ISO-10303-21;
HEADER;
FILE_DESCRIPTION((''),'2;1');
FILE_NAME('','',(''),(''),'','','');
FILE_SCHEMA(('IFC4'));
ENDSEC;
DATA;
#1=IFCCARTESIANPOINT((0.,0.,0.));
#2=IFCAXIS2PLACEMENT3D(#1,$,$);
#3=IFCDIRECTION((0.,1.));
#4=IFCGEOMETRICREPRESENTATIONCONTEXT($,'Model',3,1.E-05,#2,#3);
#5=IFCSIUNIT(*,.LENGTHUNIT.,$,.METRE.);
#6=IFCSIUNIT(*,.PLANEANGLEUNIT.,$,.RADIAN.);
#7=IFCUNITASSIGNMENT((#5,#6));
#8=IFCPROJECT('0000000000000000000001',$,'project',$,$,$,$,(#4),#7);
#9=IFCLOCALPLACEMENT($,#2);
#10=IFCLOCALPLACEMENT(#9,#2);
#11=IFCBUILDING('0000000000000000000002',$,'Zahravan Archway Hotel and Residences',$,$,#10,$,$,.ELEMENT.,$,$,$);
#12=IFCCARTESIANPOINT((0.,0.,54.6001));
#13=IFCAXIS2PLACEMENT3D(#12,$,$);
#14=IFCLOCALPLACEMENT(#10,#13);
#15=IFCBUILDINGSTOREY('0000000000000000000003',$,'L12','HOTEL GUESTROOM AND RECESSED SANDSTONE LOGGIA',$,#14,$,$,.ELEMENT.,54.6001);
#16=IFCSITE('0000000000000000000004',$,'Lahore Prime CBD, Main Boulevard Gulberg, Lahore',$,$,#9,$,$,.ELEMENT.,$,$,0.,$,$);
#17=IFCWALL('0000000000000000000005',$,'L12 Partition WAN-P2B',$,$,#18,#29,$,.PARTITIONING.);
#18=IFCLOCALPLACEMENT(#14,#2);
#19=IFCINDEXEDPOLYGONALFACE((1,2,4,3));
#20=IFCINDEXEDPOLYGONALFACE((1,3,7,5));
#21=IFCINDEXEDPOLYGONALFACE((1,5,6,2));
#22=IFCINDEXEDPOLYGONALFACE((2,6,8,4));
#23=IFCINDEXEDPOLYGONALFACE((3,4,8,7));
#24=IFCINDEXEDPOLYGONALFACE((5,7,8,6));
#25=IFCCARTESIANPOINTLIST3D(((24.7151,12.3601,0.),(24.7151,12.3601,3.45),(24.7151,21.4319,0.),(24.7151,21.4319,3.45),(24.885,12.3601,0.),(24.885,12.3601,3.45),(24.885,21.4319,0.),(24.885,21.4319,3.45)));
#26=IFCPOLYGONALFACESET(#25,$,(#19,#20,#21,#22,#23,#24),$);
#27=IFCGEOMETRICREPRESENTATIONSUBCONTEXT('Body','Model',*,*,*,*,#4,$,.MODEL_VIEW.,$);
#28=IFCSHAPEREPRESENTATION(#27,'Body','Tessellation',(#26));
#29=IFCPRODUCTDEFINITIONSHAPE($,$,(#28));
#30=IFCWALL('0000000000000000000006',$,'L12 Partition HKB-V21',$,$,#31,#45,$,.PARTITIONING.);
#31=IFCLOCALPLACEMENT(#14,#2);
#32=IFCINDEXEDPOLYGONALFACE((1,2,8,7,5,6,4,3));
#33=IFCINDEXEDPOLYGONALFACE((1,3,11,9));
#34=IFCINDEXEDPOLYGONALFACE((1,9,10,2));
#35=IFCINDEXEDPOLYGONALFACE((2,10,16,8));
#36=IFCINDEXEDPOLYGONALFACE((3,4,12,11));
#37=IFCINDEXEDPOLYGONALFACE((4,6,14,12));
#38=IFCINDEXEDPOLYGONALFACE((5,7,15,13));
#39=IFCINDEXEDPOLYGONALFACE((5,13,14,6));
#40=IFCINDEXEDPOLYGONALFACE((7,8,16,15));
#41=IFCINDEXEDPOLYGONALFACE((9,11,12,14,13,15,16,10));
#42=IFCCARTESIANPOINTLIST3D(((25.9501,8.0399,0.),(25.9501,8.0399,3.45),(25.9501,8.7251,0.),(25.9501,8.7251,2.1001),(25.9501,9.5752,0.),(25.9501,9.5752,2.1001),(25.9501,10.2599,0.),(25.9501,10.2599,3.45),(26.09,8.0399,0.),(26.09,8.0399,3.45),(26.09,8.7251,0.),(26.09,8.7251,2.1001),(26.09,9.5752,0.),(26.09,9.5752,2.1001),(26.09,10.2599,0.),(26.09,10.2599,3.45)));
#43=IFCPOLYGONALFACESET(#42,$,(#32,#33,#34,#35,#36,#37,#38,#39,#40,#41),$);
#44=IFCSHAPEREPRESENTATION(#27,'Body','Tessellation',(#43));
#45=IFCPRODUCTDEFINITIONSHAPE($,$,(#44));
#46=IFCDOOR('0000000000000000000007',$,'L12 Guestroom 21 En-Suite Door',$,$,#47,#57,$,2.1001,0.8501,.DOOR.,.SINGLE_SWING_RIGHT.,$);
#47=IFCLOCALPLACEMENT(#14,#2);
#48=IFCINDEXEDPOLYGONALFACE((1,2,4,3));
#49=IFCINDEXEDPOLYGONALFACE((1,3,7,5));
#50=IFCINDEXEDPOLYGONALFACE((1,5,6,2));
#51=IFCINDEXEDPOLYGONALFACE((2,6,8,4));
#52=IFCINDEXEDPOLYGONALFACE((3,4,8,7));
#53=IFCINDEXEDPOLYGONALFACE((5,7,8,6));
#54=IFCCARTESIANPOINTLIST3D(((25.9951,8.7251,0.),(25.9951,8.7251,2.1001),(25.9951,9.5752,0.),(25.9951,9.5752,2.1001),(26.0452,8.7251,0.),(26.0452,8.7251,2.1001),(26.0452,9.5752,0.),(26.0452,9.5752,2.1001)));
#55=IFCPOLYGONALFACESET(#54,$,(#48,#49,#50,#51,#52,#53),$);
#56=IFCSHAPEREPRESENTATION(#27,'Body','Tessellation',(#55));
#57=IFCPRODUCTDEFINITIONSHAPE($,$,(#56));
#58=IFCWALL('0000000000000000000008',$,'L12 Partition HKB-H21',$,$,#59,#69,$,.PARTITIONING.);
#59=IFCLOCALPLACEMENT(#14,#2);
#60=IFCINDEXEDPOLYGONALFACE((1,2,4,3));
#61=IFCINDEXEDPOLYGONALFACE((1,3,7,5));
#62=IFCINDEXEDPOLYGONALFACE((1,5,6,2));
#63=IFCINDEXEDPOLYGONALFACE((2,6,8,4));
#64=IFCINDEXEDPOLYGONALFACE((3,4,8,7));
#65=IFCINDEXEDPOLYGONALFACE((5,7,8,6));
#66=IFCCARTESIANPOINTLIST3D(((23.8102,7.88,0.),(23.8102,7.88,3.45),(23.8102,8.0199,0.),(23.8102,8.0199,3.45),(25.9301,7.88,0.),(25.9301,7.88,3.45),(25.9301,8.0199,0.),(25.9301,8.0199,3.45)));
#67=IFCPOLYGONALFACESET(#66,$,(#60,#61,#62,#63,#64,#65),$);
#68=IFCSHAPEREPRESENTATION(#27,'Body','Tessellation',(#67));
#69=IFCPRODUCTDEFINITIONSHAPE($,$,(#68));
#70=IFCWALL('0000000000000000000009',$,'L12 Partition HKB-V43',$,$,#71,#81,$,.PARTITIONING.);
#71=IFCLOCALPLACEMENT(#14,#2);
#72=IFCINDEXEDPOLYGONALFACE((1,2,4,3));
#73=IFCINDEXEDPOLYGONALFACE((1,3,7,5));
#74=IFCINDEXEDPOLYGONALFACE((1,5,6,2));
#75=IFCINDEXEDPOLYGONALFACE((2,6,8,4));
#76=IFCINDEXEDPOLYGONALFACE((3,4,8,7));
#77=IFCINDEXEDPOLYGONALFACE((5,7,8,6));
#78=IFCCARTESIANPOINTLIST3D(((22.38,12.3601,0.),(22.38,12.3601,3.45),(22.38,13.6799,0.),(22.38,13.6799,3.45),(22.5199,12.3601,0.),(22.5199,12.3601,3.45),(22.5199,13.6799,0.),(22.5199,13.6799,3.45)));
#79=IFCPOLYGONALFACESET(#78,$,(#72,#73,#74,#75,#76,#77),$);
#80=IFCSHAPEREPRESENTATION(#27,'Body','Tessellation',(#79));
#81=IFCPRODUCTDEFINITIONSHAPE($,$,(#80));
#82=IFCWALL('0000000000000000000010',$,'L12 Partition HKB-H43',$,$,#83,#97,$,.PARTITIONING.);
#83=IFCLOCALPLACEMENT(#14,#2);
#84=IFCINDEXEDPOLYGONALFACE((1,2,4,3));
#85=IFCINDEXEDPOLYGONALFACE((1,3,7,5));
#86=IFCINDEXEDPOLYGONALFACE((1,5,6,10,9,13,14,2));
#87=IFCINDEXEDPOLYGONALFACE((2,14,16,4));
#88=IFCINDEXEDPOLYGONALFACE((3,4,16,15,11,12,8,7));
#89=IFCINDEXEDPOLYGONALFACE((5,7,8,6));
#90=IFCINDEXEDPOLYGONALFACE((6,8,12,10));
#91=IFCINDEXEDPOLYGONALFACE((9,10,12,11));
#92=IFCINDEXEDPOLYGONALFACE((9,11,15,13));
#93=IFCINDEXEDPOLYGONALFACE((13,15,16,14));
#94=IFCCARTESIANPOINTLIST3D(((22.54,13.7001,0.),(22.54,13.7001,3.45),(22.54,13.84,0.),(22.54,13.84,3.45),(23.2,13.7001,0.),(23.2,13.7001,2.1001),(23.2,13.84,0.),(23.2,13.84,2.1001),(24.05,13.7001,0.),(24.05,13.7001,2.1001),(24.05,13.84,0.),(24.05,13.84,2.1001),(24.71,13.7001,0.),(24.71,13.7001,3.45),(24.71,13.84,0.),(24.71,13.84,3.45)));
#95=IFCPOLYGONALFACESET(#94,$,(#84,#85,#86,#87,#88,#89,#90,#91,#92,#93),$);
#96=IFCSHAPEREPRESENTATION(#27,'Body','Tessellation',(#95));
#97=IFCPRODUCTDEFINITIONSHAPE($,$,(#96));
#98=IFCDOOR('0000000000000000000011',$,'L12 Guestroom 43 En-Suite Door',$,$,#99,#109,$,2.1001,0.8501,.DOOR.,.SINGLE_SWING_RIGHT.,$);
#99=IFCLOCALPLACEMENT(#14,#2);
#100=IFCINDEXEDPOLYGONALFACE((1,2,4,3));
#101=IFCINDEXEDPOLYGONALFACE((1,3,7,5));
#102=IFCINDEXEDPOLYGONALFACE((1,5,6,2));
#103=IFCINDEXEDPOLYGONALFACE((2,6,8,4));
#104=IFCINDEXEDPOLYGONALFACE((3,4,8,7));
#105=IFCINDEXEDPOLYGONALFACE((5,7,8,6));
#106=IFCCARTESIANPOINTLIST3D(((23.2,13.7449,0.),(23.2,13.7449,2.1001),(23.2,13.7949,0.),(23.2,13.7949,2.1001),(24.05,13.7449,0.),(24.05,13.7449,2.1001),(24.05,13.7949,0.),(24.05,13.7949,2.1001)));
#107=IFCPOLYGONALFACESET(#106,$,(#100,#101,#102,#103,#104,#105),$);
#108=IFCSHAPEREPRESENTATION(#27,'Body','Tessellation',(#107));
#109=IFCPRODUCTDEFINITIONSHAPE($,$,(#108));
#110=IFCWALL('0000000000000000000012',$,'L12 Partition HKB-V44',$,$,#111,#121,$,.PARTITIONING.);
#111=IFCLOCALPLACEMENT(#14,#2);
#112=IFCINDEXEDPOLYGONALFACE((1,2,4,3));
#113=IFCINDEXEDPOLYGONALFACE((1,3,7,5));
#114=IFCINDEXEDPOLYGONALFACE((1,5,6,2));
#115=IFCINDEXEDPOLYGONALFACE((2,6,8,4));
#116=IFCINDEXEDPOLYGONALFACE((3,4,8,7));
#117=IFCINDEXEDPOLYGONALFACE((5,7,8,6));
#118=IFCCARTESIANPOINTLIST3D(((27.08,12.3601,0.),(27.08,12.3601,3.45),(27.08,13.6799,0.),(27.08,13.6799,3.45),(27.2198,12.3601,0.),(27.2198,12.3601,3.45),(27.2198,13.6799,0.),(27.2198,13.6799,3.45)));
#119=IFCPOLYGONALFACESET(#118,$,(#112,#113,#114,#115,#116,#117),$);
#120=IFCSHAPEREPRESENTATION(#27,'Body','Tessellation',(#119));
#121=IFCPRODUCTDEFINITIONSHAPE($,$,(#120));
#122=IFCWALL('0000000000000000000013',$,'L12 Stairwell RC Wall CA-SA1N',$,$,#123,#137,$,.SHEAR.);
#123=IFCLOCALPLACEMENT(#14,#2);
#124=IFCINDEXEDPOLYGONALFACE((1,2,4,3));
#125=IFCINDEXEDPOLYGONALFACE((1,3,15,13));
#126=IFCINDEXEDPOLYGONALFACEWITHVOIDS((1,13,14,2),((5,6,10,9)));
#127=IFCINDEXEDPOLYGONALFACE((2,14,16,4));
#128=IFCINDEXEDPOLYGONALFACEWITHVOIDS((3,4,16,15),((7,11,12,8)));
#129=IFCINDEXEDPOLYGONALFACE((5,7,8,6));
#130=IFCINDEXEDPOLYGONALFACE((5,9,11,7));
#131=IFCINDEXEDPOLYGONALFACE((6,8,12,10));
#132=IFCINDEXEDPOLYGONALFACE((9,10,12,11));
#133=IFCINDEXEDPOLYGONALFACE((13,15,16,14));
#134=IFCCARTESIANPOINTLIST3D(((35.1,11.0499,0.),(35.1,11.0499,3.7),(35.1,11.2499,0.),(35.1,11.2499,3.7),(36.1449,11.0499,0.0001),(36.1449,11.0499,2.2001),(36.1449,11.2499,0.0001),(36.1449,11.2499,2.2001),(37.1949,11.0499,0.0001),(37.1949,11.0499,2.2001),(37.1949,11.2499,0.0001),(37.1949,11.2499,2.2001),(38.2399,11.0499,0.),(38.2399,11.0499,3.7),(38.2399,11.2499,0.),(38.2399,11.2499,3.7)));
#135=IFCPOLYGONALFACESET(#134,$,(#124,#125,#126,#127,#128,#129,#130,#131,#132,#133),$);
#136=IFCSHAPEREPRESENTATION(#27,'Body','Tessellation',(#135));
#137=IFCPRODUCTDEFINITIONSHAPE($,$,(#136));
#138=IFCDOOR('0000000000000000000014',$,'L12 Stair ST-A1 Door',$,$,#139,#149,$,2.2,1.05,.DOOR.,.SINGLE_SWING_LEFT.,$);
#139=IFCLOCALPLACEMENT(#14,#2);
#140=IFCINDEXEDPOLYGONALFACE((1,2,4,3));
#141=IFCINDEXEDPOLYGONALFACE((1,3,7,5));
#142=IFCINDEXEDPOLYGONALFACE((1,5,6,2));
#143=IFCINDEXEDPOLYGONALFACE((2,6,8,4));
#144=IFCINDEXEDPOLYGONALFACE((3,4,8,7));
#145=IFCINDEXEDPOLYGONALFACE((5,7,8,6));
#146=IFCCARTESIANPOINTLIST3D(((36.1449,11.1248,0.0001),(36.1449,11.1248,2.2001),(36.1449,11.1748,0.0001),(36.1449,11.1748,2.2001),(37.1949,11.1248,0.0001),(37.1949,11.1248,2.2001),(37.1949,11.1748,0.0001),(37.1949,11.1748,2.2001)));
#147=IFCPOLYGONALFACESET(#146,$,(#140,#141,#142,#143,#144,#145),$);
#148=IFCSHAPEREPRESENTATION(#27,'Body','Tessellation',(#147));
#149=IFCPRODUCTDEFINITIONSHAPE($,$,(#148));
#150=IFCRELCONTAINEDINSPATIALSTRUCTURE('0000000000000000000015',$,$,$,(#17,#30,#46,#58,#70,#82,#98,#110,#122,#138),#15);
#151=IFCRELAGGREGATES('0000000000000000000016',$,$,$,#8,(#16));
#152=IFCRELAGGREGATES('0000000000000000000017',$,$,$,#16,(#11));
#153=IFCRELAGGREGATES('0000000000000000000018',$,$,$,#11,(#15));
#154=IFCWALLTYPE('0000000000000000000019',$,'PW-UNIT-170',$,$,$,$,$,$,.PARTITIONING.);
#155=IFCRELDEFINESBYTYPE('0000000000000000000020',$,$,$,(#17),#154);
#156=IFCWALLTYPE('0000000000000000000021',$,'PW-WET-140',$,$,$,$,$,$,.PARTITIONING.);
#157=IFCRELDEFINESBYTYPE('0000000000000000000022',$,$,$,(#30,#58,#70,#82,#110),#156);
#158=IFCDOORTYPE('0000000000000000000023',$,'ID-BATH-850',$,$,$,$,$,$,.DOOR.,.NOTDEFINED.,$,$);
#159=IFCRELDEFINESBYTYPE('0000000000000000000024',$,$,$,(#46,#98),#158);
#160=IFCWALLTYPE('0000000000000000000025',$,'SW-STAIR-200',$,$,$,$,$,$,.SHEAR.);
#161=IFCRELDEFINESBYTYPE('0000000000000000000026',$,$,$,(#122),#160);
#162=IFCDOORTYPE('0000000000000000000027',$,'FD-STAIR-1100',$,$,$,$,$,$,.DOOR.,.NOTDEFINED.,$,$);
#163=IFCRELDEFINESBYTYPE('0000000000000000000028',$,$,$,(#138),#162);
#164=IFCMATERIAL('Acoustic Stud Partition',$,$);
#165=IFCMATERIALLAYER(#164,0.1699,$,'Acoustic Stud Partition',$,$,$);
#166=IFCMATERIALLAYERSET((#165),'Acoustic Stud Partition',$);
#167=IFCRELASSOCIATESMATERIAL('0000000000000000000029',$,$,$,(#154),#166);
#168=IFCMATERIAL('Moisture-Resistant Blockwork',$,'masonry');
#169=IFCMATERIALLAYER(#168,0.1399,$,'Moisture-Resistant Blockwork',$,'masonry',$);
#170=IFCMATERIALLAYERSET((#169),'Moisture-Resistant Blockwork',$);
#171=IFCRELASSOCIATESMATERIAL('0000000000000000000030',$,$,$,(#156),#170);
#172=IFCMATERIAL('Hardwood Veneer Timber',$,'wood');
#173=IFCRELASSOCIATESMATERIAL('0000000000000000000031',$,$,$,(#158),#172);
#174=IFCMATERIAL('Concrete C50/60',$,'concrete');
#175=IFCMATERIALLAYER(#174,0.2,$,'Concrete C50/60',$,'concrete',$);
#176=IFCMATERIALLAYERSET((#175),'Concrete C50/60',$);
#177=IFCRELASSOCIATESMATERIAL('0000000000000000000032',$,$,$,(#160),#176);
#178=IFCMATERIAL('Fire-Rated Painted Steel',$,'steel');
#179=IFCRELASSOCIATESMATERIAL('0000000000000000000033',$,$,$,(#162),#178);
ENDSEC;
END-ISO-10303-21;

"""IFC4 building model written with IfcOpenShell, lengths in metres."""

from ifc_helpers import new_model, si_unit, direction, frame, frame_2d, origin, place, context, subcontext, project, spatial, rectangle, extrude, source, transform, mapped, material, layer, layer_set, type_object, type_shapes, element, fill, save


model = new_model("IFC4")

# Units and contexts
model_context = context("Model", 3, precision=1e-05, world=origin(), true_north=direction((0.0, 1.0)))
body_context = subcontext(model_context, "Body", "Model", "MODEL_VIEW")
ifc_project = project(units=[si_unit("LENGTHUNIT", "METRE"), si_unit("PLANEANGLEUNIT", "RADIAN")], contexts=[model_context])

# Site, building, storey
site_placement = place(None, origin())
site = spatial("IfcSite", under=ifc_project, at=site_placement, Name="Lahore Prime CBD, Main Boulevard Gulberg, Lahore", CompositionType="ELEMENT", RefElevation=0.0)
building_placement = place(site_placement, origin())
building = spatial("IfcBuilding", under=site, at=building_placement, Name="Zahravan Archway Hotel and Residences", CompositionType="ELEMENT")
storey_placement = place(building_placement, frame((0.0, 0.0, 54.6001)))
storey = spatial("IfcBuildingStorey", under=building, at=storey_placement, Name="L12", Description="HOTEL GUESTROOM AND RECESSED SANDSTONE LOGGIA", CompositionType="ELEMENT", Elevation=54.6001)

# Wall
ifc_material_1 = material(Name="Acoustic Stud Partition")
ifc_layer_1 = layer(ifc_material_1, 0.1699, Name="Acoustic Stud Partition")
ifc_layer_set_1 = layer_set([ifc_layer_1], Name="Acoustic Stud Partition")
wall_type_1 = type_object("IfcWallType", Name="PW-UNIT-170", PredefinedType="PARTITIONING", material=ifc_layer_set_1)
wall_1_placement = place(storey_placement, frame((24.8, 12.3601, 0.0), z_axis=(0.0, 0.0, 1.0), x_axis=(0.0, 1.0, 0.0)))
element("IfcWall", 1, at=wall_1_placement, inside=storey, type_object=wall_type_1, Name="L12 Partition WAN-P2B", PredefinedType="PARTITIONING", context=body_context, shape_type="SweptSolid", body=[
    extrude(rectangle(XDim=9.0718, YDim=0.1699, at=frame_2d((4.5359, 0.0))), origin(), (0.0, 0.0, 1.0), 3.45),
])

# Wall, opening, door
ifc_material_2 = material(Name="Moisture-Resistant Blockwork", Category="masonry")
ifc_layer_2 = layer(ifc_material_2, 0.1399, Name="Moisture-Resistant Blockwork", Category="masonry")
ifc_layer_set_2 = layer_set([ifc_layer_2], Name="Moisture-Resistant Blockwork")
wall_type_2 = type_object("IfcWallType", Name="PW-WET-140", PredefinedType="PARTITIONING", material=ifc_layer_set_2)
wall_2_placement = place(storey_placement, frame((26.02, 8.04, 0.0), z_axis=(0.0, 0.0, 1.0), x_axis=(0.0, 1.0, 0.0)))
wall_2 = element("IfcWall", 2, at=wall_2_placement, inside=storey, type_object=wall_type_2, Name="L12 Partition HKB-V21", PredefinedType="PARTITIONING", context=body_context, shape_type="SweptSolid", body=[
    extrude(rectangle(XDim=2.22, YDim=0.1399, at=frame_2d((1.1099, 0.0))), origin(), (0.0, 0.0, 1.0), 3.45),
])
opening_1_placement = place(wall_2_placement, frame((0.6851, 0.0, 0.0)))
opening_1 = element("IfcOpeningElement", 3, at=opening_1_placement, cuts=wall_2, PredefinedType="OPENING", context=body_context, shape_type="SweptSolid", body=[
    extrude(rectangle(XDim=0.8501, YDim=2.1001, at=frame_2d((0.425, 1.05))), frame((0.0, 0.0801, 0.0), z_axis=(0.0, -1.0, 0.0), x_axis=(1.0, 0.0, 0.0)), (0.0, 0.0, 1.0), 0.1599),
])
ifc_material_3 = material(Name="Hardwood Veneer Timber", Category="wood")
door_type_1 = type_object("IfcDoorType", Name="ID-BATH-850", OperationType="NOTDEFINED", PredefinedType="DOOR", material=ifc_material_3)
shared_shape_1 = source(origin(), body_context, "Body", "SweptSolid", [
    extrude(rectangle(XDim=0.8501, YDim=2.1001, at=frame_2d((0.425, 1.05))), frame((0.0, 0.0249, 0.0), z_axis=(0.0, -1.0, 0.0), x_axis=(1.0, 0.0, 0.0)), (0.0, 0.0, 1.0), 0.05),
])
type_shapes(door_type_1, [shared_shape_1])
door_1_placement = place(opening_1_placement, origin())
door_1 = element("IfcDoor", 4, at=door_1_placement, inside=storey, type_object=door_type_1, Name="L12 Guestroom 21 En-Suite Door", OperationType="SINGLE_SWING_RIGHT", OverallHeight=2.1001, OverallWidth=0.8501, PredefinedType="DOOR", context=body_context, shape_type="MappedRepresentation", body=[
    mapped(shared_shape_1, transform((0.0, 0.0, 0.0), scale=1.0)),
])
fill(opening_1, door_1)

# Walls
wall_3_placement = place(storey_placement, frame((23.8101, 7.95, 0.0), z_axis=(0.0, 0.0, 1.0), x_axis=(1.0, 0.0, 0.0)))
element("IfcWall", 5, at=wall_3_placement, inside=storey, type_object=wall_type_2, Name="L12 Partition HKB-H21", PredefinedType="PARTITIONING", context=body_context, shape_type="SweptSolid", body=[
    extrude(rectangle(XDim=2.1199, YDim=0.1399, at=frame_2d((1.0601, 0.0))), origin(), (0.0, 0.0, 1.0), 3.45),
])
wall_4_placement = place(storey_placement, frame((22.45, 12.3601, 0.0), z_axis=(0.0, 0.0, 1.0), x_axis=(0.0, 1.0, 0.0)))
element("IfcWall", 6, at=wall_4_placement, inside=storey, type_object=wall_type_2, Name="L12 Partition HKB-V43", PredefinedType="PARTITIONING", context=body_context, shape_type="SweptSolid", body=[
    extrude(rectangle(XDim=1.3198, YDim=0.1399, at=frame_2d((0.6599, 0.0))), origin(), (0.0, 0.0, 1.0), 3.45),
])

# Wall, opening, door
wall_5_placement = place(storey_placement, frame((22.54, 13.77, 0.0), z_axis=(0.0, 0.0, 1.0), x_axis=(1.0, 0.0, 0.0)))
wall_5 = element("IfcWall", 7, at=wall_5_placement, inside=storey, type_object=wall_type_2, Name="L12 Partition HKB-H43", PredefinedType="PARTITIONING", context=body_context, shape_type="SweptSolid", body=[
    extrude(rectangle(XDim=2.1699, YDim=0.1399, at=frame_2d((1.085, 0.0))), origin(), (0.0, 0.0, 1.0), 3.45),
])
opening_2_placement = place(wall_5_placement, frame((0.6599, 0.0, 0.0)))
opening_2 = element("IfcOpeningElement", 8, at=opening_2_placement, cuts=wall_5, PredefinedType="OPENING", context=body_context, shape_type="SweptSolid", body=[
    extrude(rectangle(XDim=0.8501, YDim=2.1001, at=frame_2d((0.425, 1.05))), frame((0.0, 0.0801, 0.0), z_axis=(0.0, -1.0, 0.0), x_axis=(1.0, 0.0, 0.0)), (0.0, 0.0, 1.0), 0.1599),
])
door_2_placement = place(opening_2_placement, origin())
door_2 = element("IfcDoor", 9, at=door_2_placement, inside=storey, type_object=door_type_1, Name="L12 Guestroom 43 En-Suite Door", OperationType="SINGLE_SWING_RIGHT", OverallHeight=2.1001, OverallWidth=0.8501, PredefinedType="DOOR", context=body_context, shape_type="MappedRepresentation", body=[
    mapped(shared_shape_1, transform((0.0, 0.0, 0.0), scale=1.0)),
])
fill(opening_2, door_2)

# Wall
wall_6_placement = place(storey_placement, frame((27.1499, 12.3601, 0.0), z_axis=(0.0, 0.0, 1.0), x_axis=(0.0, 1.0, 0.0)))
element("IfcWall", 10, at=wall_6_placement, inside=storey, type_object=wall_type_2, Name="L12 Partition HKB-V44", PredefinedType="PARTITIONING", context=body_context, shape_type="SweptSolid", body=[
    extrude(rectangle(XDim=1.3198, YDim=0.1399, at=frame_2d((0.6599, 0.0))), origin(), (0.0, 0.0, 1.0), 3.45),
])

# Wall, opening, door
ifc_material_4 = material(Name="Concrete C50/60", Category="concrete")
ifc_layer_3 = layer(ifc_material_4, 0.2, Name="Concrete C50/60", Category="concrete")
ifc_layer_set_3 = layer_set([ifc_layer_3], Name="Concrete C50/60")
wall_type_3 = type_object("IfcWallType", Name="SW-STAIR-200", PredefinedType="SHEAR", material=ifc_layer_set_3)
wall_7_placement = place(storey_placement, frame((35.1001, 11.1499, 0.0), z_axis=(0.0, 0.0, 1.0), x_axis=(1.0, 0.0, 0.0)))
wall_7 = element("IfcWall", 11, at=wall_7_placement, inside=storey, type_object=wall_type_3, Name="L12 Stairwell RC Wall CA-SA1N", PredefinedType="SHEAR", context=body_context, shape_type="SweptSolid", body=[
    extrude(rectangle(XDim=3.1399, YDim=0.2, at=frame_2d((1.5698, 0.0))), origin(), (0.0, 0.0, 1.0), 3.7),
])
opening_3_placement = place(wall_7_placement, frame((1.0449, 0.0, 0.0)))
opening_3 = element("IfcOpeningElement", 12, at=opening_3_placement, cuts=wall_7, PredefinedType="OPENING", context=body_context, shape_type="SweptSolid", body=[
    extrude(rectangle(XDim=1.05, YDim=2.2, at=frame_2d((0.5249, 1.1001))), frame((0.0, 0.1099, 0.0), z_axis=(0.0, -1.0, 0.0), x_axis=(1.0, 0.0, 0.0)), (0.0, 0.0, 1.0), 0.22),
])
ifc_material_5 = material(Name="Fire-Rated Painted Steel", Category="steel")
door_type_2 = type_object("IfcDoorType", Name="FD-STAIR-1100", OperationType="NOTDEFINED", PredefinedType="DOOR", material=ifc_material_5)
shared_shape_2 = source(origin(), body_context, "Body", "SweptSolid", [
    extrude(rectangle(XDim=1.05, YDim=2.2, at=frame_2d((0.5249, 1.1001))), frame((0.0, 0.0249, 0.0), z_axis=(0.0, -1.0, 0.0), x_axis=(1.0, 0.0, 0.0)), (0.0, 0.0, 1.0), 0.05),
])
type_shapes(door_type_2, [shared_shape_2])
door_3_placement = place(opening_3_placement, origin())
door_3 = element("IfcDoor", 13, at=door_3_placement, inside=storey, type_object=door_type_2, Name="L12 Stair ST-A1 Door", OperationType="SINGLE_SWING_LEFT", OverallHeight=2.2, OverallWidth=1.05, PredefinedType="DOOR", context=body_context, shape_type="MappedRepresentation", body=[
    mapped(shared_shape_2, transform((0.0, 0.0, 0.0), scale=1.0)),
])
fill(opening_3, door_3)

save(model, "model.ifc")
